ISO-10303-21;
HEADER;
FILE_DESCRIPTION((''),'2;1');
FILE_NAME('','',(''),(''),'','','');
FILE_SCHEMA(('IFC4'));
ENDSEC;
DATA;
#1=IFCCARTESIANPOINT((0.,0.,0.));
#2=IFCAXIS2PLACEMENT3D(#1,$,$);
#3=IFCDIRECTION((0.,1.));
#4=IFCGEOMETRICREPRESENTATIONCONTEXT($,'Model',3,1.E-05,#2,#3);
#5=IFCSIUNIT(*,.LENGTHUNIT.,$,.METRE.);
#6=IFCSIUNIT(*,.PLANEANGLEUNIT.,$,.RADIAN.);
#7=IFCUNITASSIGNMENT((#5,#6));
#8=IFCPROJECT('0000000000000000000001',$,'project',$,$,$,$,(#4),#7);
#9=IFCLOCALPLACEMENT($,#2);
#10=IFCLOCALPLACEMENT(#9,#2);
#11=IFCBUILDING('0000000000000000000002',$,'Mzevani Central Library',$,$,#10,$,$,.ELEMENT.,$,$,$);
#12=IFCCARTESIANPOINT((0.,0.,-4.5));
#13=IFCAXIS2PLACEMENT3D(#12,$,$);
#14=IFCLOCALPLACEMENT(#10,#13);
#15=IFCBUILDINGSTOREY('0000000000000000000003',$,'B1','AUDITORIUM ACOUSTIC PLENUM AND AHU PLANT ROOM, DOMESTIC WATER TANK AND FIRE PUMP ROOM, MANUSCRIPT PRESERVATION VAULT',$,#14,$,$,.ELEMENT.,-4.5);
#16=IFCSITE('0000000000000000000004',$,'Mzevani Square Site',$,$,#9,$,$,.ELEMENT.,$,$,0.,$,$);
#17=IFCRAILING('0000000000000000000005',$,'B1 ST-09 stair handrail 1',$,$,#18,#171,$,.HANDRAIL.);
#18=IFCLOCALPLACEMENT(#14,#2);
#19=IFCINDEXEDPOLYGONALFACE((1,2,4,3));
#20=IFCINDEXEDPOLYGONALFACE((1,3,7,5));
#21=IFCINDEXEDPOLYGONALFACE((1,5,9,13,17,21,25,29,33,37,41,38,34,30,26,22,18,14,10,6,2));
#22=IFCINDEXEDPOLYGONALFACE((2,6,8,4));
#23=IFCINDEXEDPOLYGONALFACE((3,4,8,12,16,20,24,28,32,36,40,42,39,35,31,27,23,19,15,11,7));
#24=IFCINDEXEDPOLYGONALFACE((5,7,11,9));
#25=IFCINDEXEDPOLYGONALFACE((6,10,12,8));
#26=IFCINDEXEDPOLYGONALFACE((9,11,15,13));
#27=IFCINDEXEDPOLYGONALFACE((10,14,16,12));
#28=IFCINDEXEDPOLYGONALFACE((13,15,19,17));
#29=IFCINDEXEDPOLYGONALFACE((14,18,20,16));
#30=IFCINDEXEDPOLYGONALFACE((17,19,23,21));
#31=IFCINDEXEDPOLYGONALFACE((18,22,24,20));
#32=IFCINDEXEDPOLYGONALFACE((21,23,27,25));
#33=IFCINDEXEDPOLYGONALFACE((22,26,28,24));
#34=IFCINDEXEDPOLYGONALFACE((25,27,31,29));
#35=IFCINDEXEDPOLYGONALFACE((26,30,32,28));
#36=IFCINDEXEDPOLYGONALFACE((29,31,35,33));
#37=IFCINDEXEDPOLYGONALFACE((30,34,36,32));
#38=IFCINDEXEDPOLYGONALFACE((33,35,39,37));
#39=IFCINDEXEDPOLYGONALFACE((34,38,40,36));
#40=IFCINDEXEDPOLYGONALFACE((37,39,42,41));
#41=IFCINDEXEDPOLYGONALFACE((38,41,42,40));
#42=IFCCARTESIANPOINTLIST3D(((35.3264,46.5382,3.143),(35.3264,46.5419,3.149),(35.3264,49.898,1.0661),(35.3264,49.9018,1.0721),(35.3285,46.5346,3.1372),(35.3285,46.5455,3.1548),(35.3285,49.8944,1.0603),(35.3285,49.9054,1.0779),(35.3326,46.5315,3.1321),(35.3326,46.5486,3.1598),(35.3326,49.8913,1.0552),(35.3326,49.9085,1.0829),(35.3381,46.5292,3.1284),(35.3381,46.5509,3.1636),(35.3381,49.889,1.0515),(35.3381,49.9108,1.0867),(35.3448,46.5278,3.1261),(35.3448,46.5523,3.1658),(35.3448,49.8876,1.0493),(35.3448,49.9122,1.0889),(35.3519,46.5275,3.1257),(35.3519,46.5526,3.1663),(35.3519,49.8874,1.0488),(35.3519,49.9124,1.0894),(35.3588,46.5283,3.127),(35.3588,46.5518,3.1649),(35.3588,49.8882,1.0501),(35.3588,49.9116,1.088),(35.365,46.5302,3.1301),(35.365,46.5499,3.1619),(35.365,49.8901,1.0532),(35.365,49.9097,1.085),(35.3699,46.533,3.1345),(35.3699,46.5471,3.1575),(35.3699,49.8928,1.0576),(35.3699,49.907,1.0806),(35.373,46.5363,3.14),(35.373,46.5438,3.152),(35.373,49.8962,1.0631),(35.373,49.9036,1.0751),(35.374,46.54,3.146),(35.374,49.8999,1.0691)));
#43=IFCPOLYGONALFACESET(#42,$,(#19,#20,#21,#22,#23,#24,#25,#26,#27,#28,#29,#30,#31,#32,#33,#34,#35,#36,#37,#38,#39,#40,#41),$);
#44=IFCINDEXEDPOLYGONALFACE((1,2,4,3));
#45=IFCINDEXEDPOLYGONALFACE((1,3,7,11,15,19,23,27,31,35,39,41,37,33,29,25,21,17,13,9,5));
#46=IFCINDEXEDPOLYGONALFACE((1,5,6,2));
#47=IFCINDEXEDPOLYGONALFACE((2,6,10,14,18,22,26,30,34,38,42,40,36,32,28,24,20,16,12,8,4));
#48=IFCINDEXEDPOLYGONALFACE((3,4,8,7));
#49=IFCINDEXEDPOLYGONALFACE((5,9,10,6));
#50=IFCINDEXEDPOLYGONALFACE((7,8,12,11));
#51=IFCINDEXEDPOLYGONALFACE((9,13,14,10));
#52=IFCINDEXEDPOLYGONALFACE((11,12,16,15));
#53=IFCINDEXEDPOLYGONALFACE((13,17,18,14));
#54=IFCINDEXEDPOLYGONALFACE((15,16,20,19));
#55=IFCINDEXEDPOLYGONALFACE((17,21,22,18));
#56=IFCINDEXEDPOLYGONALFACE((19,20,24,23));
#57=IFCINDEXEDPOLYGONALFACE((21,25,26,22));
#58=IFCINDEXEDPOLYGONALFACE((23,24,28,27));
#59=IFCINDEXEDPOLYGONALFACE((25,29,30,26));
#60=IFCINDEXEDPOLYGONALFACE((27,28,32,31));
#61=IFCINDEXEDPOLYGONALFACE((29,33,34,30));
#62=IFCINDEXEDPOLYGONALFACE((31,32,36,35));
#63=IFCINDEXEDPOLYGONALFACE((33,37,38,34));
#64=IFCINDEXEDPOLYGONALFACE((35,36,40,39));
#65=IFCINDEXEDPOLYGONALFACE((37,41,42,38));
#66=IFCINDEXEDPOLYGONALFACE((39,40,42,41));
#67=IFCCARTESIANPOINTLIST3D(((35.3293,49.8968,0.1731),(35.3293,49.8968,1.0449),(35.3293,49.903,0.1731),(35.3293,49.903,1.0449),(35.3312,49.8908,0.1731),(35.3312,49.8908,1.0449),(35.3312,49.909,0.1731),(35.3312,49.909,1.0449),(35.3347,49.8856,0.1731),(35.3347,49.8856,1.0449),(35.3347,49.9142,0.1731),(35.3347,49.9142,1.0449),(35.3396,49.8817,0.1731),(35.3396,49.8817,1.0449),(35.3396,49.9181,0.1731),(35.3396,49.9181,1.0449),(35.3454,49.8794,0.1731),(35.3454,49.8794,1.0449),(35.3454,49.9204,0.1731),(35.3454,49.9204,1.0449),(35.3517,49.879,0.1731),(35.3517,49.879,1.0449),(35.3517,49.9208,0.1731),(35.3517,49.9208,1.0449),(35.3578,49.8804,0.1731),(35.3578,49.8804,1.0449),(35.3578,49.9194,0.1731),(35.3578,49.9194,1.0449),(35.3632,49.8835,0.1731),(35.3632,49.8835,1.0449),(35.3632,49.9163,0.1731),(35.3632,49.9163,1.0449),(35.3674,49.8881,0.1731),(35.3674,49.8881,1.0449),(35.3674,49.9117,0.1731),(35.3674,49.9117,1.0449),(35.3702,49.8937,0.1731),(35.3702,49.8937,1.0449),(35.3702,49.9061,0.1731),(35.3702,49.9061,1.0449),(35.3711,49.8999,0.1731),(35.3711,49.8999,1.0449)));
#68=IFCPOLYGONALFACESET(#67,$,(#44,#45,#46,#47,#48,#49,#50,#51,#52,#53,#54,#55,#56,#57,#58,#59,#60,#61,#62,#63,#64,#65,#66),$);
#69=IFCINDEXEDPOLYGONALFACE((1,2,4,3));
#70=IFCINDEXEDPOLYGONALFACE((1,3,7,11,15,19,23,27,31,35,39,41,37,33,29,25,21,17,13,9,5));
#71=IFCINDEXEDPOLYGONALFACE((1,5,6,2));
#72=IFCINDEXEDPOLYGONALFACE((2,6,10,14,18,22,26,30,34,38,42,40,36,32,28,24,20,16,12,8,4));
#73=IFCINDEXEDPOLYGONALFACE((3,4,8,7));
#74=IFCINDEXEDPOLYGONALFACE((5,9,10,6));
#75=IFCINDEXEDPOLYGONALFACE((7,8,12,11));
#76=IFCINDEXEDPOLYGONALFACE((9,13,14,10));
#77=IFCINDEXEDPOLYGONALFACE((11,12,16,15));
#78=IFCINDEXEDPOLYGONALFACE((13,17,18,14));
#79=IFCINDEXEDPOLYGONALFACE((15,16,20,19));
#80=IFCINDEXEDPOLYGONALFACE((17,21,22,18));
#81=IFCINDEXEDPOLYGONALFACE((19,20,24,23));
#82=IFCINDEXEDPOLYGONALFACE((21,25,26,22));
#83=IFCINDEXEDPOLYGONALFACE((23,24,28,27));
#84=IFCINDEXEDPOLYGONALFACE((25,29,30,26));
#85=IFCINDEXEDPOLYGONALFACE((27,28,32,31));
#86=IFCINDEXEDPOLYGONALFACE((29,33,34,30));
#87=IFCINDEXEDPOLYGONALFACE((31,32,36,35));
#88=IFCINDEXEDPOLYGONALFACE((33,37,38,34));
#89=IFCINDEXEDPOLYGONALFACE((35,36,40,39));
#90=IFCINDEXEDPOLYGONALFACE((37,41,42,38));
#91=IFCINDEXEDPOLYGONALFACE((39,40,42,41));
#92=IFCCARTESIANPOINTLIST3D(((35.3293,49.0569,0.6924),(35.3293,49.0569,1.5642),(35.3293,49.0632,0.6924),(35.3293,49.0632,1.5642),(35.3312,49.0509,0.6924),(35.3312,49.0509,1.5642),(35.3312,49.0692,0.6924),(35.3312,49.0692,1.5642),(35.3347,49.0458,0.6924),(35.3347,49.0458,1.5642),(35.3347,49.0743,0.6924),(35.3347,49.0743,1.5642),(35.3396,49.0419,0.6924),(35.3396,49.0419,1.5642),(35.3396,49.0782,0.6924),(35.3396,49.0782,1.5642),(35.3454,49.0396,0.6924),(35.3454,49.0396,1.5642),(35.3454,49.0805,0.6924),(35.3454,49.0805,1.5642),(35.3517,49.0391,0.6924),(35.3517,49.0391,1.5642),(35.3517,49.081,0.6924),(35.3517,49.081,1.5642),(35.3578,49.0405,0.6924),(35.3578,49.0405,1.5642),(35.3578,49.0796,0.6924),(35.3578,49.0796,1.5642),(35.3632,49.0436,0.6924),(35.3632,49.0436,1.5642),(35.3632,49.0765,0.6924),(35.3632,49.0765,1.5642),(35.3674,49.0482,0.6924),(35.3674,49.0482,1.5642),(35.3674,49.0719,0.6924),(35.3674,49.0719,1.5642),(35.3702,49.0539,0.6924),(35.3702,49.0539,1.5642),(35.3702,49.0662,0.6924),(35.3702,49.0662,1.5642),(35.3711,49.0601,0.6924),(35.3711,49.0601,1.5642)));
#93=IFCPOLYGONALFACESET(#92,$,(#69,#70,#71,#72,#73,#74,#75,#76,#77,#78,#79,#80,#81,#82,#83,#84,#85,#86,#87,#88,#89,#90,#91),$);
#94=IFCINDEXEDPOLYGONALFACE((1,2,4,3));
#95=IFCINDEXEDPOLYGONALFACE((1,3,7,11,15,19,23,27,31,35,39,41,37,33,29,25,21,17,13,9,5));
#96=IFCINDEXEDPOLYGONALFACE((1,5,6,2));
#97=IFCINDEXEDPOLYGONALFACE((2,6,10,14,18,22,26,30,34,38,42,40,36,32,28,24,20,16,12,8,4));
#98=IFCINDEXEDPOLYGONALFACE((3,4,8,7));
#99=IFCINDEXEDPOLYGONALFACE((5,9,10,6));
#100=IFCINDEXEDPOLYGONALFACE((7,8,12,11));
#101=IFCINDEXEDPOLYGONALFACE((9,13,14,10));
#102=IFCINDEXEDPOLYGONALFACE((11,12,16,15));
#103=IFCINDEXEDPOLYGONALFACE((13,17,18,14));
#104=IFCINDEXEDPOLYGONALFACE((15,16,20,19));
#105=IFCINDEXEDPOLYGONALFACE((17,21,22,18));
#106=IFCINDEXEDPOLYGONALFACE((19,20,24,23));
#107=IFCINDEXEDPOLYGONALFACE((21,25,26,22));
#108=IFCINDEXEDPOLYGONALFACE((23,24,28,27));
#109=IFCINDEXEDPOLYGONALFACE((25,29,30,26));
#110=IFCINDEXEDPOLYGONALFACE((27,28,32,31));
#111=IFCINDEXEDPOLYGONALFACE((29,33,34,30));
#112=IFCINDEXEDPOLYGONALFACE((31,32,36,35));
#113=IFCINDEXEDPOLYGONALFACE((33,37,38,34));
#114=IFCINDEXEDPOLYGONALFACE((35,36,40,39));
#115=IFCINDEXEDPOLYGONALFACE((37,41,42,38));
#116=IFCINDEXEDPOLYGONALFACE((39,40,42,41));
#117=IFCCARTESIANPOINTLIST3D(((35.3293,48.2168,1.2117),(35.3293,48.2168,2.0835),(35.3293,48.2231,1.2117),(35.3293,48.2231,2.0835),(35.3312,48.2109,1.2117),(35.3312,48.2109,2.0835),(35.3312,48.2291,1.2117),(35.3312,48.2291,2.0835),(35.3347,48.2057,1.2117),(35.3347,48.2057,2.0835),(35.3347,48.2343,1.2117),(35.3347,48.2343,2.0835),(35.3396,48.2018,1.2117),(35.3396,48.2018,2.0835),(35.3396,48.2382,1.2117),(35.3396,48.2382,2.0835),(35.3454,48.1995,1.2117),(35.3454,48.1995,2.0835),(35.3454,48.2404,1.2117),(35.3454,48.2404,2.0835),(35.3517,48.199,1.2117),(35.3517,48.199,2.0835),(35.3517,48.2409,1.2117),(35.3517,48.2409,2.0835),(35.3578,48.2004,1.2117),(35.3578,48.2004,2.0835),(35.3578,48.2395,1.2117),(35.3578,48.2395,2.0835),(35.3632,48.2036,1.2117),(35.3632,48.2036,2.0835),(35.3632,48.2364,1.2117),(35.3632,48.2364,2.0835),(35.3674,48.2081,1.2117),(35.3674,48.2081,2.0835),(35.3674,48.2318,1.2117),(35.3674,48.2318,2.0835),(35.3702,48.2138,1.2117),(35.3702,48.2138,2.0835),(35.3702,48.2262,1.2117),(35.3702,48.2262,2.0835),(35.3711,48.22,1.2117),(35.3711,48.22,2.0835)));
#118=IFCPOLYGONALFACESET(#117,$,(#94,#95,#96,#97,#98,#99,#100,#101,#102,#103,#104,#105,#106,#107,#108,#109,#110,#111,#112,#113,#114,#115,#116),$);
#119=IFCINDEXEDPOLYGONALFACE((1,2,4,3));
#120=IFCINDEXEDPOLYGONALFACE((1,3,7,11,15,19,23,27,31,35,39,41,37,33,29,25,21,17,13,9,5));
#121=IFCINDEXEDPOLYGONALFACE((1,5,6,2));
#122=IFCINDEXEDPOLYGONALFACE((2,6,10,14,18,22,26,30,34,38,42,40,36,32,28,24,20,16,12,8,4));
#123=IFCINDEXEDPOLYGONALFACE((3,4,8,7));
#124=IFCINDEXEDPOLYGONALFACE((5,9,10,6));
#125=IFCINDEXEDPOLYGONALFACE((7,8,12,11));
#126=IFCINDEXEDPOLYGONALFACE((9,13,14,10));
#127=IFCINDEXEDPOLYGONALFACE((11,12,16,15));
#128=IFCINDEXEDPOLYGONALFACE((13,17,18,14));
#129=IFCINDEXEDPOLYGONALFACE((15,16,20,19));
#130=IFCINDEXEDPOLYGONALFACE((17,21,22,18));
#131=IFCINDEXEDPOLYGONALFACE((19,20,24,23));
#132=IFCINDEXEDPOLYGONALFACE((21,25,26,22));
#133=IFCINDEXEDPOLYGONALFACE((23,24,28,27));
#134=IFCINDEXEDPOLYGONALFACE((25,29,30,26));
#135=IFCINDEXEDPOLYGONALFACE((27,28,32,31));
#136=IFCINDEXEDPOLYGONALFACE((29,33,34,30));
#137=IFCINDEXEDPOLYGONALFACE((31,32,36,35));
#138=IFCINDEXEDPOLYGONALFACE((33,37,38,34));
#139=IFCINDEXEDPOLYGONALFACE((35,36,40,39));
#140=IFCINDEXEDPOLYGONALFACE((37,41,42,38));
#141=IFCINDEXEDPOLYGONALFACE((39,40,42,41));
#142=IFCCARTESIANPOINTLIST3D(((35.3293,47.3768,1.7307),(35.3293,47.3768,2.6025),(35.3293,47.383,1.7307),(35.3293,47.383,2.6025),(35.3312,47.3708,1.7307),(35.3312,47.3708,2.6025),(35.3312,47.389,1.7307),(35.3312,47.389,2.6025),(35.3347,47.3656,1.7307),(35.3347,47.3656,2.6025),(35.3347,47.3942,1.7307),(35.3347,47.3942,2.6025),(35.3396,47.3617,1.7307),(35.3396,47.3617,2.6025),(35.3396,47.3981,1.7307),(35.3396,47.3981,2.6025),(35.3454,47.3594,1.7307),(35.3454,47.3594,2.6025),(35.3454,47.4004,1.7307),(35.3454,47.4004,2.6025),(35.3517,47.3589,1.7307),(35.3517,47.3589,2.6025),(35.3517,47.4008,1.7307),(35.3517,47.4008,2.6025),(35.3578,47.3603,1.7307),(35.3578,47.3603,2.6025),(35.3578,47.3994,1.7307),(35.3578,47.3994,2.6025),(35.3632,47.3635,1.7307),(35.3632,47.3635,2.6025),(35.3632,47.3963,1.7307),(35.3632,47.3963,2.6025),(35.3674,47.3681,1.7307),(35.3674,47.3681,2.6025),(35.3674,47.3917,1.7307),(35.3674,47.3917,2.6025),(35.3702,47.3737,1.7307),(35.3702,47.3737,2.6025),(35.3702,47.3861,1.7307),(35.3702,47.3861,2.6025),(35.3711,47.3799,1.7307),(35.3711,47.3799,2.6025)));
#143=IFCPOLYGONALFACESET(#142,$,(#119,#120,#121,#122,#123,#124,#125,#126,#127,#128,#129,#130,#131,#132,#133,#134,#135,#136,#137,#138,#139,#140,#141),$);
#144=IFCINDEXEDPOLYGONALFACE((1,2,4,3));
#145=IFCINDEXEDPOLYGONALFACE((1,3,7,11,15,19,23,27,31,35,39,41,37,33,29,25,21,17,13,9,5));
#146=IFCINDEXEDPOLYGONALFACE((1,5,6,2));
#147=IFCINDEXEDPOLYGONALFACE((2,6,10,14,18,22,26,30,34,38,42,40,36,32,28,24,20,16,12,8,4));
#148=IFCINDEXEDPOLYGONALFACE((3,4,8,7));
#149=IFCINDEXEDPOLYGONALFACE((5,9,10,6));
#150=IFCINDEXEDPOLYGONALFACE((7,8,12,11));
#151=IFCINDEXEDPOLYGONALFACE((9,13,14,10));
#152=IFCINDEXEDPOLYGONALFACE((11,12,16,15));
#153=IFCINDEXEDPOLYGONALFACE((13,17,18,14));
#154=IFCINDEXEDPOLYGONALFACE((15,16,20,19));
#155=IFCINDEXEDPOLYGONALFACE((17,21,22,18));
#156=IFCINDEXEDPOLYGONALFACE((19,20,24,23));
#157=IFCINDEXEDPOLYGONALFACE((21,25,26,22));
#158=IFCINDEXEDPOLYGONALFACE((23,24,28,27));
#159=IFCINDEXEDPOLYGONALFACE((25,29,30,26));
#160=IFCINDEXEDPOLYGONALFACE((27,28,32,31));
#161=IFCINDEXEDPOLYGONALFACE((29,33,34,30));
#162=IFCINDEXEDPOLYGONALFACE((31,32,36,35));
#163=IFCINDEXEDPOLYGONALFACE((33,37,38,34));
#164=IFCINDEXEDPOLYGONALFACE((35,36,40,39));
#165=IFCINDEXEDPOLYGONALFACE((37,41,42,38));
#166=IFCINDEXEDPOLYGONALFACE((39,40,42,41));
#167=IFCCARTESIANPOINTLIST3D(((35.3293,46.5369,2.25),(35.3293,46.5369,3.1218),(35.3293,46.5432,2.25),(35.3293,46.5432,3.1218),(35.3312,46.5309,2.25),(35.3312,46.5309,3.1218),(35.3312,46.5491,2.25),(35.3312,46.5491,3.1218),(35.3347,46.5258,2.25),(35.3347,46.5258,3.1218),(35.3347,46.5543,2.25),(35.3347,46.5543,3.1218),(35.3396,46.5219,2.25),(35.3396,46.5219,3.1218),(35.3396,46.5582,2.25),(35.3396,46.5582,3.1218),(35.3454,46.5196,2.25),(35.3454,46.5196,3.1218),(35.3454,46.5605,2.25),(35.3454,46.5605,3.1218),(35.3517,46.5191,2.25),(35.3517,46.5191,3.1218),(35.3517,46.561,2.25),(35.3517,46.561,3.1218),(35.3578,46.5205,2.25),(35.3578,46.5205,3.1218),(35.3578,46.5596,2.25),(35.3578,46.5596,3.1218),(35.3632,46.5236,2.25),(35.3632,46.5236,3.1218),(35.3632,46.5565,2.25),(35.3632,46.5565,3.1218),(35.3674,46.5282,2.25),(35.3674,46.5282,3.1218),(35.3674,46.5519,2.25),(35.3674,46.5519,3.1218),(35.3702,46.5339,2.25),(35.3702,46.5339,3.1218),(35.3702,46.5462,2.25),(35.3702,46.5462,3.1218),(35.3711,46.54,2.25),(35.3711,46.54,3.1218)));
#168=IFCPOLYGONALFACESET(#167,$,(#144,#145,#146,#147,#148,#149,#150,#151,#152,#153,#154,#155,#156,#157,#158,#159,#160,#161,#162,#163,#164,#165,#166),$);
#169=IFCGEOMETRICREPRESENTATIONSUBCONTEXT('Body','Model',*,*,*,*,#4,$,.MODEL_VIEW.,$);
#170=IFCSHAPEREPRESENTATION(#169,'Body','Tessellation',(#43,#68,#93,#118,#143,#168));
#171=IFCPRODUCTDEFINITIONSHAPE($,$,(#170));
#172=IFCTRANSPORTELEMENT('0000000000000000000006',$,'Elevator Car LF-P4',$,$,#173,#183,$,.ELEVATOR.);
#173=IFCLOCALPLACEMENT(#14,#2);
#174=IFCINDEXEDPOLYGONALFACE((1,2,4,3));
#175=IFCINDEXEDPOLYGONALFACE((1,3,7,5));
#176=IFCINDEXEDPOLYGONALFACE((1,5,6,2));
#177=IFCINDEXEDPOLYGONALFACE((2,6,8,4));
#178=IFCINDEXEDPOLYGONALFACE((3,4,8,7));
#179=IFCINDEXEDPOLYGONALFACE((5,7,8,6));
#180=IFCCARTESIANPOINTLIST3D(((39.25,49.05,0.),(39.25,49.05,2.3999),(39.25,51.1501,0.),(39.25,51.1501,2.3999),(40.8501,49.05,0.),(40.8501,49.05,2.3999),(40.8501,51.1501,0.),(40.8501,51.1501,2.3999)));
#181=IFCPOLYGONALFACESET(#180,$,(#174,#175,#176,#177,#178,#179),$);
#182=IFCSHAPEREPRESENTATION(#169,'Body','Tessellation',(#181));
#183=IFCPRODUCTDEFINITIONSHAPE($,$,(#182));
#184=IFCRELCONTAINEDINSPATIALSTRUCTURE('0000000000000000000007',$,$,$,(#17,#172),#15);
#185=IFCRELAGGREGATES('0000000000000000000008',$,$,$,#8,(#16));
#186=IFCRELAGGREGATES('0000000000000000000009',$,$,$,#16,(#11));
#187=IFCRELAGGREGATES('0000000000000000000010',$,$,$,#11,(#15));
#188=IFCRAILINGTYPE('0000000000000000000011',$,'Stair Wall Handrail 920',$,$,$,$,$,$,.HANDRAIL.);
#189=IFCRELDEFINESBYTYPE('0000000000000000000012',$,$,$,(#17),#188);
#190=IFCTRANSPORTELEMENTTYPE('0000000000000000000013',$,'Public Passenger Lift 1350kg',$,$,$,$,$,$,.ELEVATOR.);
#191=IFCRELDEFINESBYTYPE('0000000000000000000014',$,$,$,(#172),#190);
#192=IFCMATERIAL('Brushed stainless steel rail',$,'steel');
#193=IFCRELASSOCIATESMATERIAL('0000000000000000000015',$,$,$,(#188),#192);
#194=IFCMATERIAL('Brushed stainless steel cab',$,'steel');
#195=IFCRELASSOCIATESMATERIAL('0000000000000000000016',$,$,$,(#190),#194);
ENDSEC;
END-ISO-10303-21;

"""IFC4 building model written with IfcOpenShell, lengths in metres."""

from ifc_helpers import new_model, si_unit, direction, frame, origin, origin_2d, place, context, subcontext, project, spatial, rectangle, circle, extrude, material, type_object, element, save


model = new_model("IFC4")

# Units and contexts
model_context = context("Model", 3, precision=1e-05, world=origin(), true_north=direction((0.0, 1.0)))
body_context = subcontext(model_context, "Body", "Model", "MODEL_VIEW")
ifc_project = project(units=[si_unit("LENGTHUNIT", "METRE"), si_unit("PLANEANGLEUNIT", "RADIAN")], contexts=[model_context])

# Site, building, storey
site_placement = place(None, origin())
site = spatial("IfcSite", under=ifc_project, at=site_placement, Name="Mzevani Square Site", CompositionType="ELEMENT", RefElevation=0.0)
building_placement = place(site_placement, origin())
building = spatial("IfcBuilding", under=site, at=building_placement, Name="Mzevani Central Library", CompositionType="ELEMENT")
storey_placement = place(building_placement, frame((0.0, 0.0, -4.5)))
storey = spatial("IfcBuildingStorey", under=building, at=storey_placement, Name="B1", Description="AUDITORIUM ACOUSTIC PLENUM AND AHU PLANT ROOM, DOMESTIC WATER TANK AND FIRE PUMP ROOM, MANUSCRIPT PRESERVATION VAULT", CompositionType="ELEMENT", Elevation=-4.5)

# Railing
ifc_material_1 = material(Name="Brushed stainless steel rail", Category="steel")
railing_type_1 = type_object("IfcRailingType", Name="Stair Wall Handrail 920", PredefinedType="HANDRAIL", material=ifc_material_1)
railing_1_placement = place(storey_placement, frame((35.3501, 49.8999, 0.1731)))
element("IfcRailing", 1, at=railing_1_placement, inside=storey, type_object=railing_type_1, Name="B1 ST-09 stair handrail 1", PredefinedType="HANDRAIL", context=body_context, shape_type="SweptSolid", body=[
    extrude(circle(Radius=0.0239, at=origin_2d()), frame((0.0, 0.0, 0.896), z_axis=(0.0, -0.850606, 0.525803), x_axis=(1.0, 0.0, 0.0)), (0.0, 0.0, 1.0), 3.95),
    extrude(circle(Radius=0.021, at=origin_2d()), origin(), (0.0, 0.0, 1.0), 0.8718),
    extrude(circle(Radius=0.021, at=origin_2d()), frame((0.0, -0.8398, 0.5193)), (0.0, 0.0, 1.0), 0.8718),
    extrude(circle(Radius=0.021, at=origin_2d()), frame((0.0, -1.6799, 1.0386)), (0.0, 0.0, 1.0), 0.8718),
    extrude(circle(Radius=0.021, at=origin_2d()), frame((0.0, -2.52, 1.5576)), (0.0, 0.0, 1.0), 0.8718),
    extrude(circle(Radius=0.021, at=origin_2d()), frame((0.0, -3.3599, 2.0769)), (0.0, 0.0, 1.0), 0.8718),
])

# Transport element
ifc_material_2 = material(Name="Brushed stainless steel cab", Category="steel")
transport_element_type = type_object("IfcTransportElementType", Name="Public Passenger Lift 1350kg", PredefinedType="ELEVATOR", material=ifc_material_2)
transport_element_placement = place(storey_placement, frame((40.05, 50.1001, 0.0), z_axis=(0.0, 0.0, 1.0), x_axis=(1.0, 0.0, 0.0)))
element("IfcTransportElement", 2, at=transport_element_placement, inside=storey, type_object=transport_element_type, Name="Elevator Car LF-P4", PredefinedType="ELEVATOR", context=body_context, shape_type="SweptSolid", body=[
    extrude(rectangle(XDim=1.6001, YDim=2.1001, at=origin_2d()), origin(), (0.0, 0.0, 1.0), 2.3999),
])

save(model, "model.ifc")
